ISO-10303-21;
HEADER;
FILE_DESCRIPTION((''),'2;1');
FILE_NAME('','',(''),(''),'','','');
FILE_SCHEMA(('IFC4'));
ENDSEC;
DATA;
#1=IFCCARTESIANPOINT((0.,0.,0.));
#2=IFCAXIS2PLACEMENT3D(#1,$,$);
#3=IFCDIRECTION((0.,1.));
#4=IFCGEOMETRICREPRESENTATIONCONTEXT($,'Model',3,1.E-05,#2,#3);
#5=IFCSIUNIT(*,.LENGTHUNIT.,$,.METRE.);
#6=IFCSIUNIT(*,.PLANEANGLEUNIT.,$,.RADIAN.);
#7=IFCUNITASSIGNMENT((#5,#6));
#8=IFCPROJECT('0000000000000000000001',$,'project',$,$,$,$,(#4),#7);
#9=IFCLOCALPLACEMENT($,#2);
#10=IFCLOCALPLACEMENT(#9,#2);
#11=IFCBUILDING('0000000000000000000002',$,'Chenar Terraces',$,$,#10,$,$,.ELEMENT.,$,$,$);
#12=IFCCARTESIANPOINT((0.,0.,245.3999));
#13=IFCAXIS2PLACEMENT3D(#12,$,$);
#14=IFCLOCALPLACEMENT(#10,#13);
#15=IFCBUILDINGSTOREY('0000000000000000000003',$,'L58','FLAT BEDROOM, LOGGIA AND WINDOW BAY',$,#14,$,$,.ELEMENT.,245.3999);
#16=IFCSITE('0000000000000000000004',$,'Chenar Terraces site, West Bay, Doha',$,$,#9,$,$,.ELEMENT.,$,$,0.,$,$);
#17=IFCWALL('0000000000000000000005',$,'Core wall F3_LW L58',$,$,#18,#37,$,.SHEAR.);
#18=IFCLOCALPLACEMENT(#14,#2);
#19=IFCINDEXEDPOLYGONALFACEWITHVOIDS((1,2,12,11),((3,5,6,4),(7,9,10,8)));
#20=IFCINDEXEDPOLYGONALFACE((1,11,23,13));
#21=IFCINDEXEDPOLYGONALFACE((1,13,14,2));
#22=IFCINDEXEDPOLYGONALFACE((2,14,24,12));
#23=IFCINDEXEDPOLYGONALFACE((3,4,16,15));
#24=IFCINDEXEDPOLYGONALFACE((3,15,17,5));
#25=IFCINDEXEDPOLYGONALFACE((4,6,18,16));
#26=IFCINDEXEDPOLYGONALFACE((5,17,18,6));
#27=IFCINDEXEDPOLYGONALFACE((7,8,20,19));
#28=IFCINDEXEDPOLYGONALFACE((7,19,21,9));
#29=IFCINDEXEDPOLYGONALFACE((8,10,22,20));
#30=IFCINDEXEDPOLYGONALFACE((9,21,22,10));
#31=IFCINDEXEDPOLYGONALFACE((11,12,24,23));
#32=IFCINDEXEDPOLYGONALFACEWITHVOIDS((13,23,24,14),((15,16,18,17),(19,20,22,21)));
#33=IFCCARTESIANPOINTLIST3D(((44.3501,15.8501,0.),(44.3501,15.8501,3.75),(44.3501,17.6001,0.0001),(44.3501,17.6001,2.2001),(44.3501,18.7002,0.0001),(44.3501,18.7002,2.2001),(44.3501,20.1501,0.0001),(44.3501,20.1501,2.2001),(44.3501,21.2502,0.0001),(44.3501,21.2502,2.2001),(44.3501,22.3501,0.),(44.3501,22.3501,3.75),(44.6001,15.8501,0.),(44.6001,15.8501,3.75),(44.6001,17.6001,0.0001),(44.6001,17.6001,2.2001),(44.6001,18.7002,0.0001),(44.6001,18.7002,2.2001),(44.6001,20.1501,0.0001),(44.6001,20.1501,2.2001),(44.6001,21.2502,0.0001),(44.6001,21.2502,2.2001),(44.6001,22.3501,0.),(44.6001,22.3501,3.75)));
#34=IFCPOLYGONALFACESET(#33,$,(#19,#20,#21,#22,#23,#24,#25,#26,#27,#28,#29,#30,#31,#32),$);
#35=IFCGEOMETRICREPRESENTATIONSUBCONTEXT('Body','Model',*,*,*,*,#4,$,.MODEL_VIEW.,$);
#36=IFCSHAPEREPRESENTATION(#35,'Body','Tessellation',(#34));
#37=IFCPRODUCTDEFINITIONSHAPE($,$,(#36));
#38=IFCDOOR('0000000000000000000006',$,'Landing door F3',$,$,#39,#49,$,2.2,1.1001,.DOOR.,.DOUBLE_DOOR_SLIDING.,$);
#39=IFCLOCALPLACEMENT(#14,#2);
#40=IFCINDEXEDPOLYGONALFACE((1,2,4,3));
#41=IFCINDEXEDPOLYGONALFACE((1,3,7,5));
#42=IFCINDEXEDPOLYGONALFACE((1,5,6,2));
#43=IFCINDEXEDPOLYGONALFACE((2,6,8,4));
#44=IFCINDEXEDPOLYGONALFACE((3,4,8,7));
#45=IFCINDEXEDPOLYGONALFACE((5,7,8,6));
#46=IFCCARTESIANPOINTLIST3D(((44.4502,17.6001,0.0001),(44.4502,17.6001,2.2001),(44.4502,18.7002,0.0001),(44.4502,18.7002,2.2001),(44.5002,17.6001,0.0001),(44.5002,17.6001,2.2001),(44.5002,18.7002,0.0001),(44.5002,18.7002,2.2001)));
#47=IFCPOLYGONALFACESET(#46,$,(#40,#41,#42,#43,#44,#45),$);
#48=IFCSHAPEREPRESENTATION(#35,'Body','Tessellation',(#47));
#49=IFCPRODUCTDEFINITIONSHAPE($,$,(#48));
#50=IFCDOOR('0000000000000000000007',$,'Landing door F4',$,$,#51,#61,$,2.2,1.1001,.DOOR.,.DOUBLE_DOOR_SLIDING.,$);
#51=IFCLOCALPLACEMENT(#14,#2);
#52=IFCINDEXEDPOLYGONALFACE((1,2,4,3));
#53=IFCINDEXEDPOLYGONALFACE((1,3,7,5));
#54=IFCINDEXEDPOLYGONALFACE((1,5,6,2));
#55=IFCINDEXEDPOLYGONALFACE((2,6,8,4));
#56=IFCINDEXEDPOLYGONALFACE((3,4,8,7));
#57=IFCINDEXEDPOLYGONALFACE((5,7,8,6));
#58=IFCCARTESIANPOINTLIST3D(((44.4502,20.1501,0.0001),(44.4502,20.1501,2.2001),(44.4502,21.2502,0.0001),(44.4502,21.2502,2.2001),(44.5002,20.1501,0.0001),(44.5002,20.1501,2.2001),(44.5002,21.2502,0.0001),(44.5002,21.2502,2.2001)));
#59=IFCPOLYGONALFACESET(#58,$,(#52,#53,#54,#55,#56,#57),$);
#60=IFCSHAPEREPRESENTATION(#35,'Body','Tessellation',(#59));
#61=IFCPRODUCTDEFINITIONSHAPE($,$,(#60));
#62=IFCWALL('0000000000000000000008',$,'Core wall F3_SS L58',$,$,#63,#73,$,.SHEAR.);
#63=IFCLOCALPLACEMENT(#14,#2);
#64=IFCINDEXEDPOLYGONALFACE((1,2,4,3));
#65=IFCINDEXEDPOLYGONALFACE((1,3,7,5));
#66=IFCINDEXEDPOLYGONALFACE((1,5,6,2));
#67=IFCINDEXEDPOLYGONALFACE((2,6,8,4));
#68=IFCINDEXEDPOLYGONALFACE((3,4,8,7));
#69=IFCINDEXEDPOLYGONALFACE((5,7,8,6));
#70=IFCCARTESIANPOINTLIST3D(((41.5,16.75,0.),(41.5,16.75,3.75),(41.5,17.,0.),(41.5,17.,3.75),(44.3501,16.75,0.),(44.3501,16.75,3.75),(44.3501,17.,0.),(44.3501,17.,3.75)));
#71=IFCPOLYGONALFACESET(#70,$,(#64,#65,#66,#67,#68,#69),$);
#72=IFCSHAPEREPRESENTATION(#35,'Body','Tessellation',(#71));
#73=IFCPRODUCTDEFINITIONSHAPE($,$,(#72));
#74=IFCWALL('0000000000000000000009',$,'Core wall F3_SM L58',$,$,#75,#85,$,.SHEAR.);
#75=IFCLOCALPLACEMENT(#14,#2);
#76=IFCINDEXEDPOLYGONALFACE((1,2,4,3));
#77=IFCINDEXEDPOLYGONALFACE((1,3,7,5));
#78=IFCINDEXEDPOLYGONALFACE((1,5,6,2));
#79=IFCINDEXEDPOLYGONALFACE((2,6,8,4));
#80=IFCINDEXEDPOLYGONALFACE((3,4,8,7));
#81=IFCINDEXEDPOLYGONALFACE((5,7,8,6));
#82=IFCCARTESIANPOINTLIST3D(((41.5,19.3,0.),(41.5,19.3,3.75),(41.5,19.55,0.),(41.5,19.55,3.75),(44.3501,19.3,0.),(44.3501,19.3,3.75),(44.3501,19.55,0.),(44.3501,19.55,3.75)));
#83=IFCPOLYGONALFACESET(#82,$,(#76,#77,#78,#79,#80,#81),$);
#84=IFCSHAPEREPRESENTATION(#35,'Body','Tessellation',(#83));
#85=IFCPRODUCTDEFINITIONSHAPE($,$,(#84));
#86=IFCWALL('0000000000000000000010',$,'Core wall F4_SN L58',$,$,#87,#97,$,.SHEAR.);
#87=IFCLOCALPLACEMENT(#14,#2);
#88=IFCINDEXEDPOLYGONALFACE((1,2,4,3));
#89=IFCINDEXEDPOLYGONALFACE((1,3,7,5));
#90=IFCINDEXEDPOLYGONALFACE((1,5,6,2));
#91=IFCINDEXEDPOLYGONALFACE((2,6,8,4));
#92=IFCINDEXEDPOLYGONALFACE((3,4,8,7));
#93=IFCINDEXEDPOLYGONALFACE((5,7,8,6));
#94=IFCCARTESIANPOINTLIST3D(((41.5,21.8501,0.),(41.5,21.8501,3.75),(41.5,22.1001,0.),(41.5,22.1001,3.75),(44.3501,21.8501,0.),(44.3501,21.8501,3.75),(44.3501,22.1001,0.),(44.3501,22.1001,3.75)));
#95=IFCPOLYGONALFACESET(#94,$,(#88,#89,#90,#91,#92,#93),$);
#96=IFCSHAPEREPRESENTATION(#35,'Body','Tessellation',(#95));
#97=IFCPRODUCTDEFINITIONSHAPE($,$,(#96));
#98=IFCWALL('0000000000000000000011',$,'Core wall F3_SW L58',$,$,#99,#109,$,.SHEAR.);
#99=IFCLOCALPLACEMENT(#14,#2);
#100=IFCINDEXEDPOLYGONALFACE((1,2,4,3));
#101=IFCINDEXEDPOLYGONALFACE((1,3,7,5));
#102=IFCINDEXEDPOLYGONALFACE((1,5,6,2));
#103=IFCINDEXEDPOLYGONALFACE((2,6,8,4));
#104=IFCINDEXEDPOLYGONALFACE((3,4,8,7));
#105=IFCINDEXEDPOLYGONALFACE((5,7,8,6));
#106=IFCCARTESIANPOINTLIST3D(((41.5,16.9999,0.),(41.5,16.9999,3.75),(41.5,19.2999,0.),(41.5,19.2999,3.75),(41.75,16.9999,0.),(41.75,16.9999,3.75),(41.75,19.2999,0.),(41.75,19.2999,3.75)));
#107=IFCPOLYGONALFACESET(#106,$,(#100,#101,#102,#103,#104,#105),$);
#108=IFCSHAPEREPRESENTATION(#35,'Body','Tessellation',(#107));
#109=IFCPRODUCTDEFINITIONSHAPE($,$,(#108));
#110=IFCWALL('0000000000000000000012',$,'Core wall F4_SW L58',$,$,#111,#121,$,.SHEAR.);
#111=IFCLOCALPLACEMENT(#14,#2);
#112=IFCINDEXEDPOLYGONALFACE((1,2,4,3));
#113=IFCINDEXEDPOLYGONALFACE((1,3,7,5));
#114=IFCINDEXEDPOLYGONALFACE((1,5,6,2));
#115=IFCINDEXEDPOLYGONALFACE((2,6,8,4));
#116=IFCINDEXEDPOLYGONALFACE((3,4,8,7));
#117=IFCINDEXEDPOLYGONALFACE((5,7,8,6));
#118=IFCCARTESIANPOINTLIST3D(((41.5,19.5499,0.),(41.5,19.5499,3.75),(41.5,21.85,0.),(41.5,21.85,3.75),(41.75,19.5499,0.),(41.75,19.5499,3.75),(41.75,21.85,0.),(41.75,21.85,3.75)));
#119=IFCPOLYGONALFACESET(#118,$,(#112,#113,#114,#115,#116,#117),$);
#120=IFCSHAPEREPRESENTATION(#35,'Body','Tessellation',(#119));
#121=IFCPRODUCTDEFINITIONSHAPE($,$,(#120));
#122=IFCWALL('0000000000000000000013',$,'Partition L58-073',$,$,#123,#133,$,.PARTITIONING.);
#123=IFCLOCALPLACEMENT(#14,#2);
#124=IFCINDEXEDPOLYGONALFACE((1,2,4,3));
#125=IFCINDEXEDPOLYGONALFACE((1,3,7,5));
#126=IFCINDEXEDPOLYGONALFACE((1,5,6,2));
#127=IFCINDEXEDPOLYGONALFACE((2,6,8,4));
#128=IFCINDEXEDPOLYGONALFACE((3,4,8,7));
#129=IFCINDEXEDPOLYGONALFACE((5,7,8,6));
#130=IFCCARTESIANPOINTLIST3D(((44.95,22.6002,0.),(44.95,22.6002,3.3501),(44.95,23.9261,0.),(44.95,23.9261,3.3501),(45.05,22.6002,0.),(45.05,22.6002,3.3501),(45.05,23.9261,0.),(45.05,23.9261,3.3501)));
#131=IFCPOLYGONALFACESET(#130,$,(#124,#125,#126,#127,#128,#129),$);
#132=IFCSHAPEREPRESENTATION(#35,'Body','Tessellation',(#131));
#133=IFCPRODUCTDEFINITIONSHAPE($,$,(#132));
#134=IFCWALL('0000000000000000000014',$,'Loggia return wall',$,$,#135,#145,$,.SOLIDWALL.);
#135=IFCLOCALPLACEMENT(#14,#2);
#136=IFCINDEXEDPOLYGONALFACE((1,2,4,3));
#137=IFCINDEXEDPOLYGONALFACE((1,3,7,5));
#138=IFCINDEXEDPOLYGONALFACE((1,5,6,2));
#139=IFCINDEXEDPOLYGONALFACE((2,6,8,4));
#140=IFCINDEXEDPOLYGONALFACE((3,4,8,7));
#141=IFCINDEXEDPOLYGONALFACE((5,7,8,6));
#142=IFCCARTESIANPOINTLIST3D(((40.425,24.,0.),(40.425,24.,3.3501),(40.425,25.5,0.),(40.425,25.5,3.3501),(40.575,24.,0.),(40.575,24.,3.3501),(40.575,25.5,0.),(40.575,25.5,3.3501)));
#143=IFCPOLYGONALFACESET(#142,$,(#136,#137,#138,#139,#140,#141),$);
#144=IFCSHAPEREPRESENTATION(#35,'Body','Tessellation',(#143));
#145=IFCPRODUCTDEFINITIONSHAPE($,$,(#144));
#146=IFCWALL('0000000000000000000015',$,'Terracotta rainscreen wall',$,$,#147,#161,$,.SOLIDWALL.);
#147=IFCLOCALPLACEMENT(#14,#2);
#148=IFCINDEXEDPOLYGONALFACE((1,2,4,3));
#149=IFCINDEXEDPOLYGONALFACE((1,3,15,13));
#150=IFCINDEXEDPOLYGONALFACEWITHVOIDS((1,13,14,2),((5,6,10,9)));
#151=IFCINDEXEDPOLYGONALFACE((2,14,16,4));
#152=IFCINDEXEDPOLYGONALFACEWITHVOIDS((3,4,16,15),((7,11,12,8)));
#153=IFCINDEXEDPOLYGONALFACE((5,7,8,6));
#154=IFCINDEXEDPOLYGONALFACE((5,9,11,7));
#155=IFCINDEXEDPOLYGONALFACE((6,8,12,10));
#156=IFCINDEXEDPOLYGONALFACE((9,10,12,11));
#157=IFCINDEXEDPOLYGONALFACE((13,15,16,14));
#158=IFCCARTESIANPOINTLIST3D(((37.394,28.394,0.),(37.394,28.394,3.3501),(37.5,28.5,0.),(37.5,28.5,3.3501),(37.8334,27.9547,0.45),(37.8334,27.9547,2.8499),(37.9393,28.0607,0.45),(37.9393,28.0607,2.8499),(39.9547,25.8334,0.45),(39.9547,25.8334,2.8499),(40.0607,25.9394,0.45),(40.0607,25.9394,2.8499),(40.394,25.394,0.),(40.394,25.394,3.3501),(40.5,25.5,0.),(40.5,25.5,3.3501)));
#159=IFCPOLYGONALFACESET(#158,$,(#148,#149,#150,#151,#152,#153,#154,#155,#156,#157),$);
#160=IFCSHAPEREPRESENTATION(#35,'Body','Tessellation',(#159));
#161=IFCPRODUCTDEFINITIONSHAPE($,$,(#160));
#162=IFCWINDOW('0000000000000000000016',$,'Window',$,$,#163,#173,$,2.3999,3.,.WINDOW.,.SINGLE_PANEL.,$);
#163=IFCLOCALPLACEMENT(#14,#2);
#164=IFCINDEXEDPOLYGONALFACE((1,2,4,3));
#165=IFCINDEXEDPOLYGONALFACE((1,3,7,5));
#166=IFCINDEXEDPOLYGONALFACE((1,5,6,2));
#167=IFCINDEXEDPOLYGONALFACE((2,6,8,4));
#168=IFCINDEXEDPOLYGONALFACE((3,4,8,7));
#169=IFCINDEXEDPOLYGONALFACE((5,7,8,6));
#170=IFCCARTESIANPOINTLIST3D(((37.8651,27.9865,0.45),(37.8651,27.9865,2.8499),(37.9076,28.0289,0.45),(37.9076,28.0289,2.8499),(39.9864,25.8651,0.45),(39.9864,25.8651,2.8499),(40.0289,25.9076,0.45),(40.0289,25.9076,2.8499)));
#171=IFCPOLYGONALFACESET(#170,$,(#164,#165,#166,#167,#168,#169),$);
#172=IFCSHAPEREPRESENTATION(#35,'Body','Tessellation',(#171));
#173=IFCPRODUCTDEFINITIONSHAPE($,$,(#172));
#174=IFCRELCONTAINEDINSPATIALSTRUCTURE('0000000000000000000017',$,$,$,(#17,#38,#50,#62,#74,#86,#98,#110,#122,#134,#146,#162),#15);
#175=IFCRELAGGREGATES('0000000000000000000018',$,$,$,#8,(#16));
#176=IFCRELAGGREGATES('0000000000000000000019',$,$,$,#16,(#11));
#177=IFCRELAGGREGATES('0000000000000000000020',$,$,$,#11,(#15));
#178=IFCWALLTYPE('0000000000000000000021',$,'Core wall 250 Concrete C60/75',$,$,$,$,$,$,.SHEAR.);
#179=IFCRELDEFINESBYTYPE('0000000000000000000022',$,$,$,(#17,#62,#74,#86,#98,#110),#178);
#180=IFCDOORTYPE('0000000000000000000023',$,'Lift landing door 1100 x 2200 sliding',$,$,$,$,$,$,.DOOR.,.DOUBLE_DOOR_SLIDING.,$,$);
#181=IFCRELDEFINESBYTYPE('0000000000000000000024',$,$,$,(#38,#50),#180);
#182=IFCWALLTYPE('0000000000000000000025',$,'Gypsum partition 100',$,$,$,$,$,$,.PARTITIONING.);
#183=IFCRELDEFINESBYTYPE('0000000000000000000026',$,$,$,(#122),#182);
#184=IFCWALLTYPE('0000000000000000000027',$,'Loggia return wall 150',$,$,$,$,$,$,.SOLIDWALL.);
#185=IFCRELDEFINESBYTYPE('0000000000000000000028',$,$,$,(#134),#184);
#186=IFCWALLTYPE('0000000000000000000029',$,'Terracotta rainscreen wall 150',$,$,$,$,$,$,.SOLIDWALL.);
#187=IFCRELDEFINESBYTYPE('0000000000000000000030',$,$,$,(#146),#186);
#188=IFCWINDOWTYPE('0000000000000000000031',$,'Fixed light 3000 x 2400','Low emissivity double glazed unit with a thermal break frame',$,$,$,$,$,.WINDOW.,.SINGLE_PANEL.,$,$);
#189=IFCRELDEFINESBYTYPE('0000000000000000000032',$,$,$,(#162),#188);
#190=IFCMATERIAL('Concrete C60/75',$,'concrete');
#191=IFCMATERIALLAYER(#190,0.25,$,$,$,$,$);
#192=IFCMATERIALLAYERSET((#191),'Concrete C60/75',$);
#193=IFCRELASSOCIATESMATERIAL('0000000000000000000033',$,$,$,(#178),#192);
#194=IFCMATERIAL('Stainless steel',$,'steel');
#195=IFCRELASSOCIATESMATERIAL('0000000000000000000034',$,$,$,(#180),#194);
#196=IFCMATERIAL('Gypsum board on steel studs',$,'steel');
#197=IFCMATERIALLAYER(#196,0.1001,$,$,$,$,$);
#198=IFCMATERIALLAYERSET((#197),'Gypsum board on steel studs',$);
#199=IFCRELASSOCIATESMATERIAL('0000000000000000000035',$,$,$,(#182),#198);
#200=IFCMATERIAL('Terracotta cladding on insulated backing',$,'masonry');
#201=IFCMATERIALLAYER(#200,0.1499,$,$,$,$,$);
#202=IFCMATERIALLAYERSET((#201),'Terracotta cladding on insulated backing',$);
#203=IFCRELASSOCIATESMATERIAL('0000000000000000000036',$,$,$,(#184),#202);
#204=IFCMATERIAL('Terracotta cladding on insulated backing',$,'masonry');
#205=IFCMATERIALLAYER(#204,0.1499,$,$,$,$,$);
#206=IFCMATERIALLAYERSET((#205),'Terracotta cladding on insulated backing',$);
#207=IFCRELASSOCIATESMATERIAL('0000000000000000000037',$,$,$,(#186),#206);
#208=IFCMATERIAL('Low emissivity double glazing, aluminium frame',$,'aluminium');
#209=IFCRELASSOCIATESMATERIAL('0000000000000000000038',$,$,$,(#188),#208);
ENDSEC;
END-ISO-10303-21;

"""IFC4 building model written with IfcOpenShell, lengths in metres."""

from ifc_helpers import new_model, si_unit, direction, frame, frame_2d, origin, place, context, subcontext, project, spatial, rectangle, extrude, material, layer, layer_set, type_object, element, fill, save


model = new_model("IFC4")

# Units and contexts
model_context = context("Model", 3, precision=1e-05, world=origin(), true_north=direction((0.0, 1.0)))
body_context = subcontext(model_context, "Body", "Model", "MODEL_VIEW")
ifc_project = project(units=[si_unit("LENGTHUNIT", "METRE"), si_unit("PLANEANGLEUNIT", "RADIAN")], contexts=[model_context])

# Site, building, storey
site_placement = place(None, origin())
site = spatial("IfcSite", under=ifc_project, at=site_placement, Name="Chenar Terraces site, West Bay, Doha", CompositionType="ELEMENT", RefElevation=0.0)
building_placement = place(site_placement, origin())
building = spatial("IfcBuilding", under=site, at=building_placement, Name="Chenar Terraces", CompositionType="ELEMENT")
storey_placement = place(building_placement, frame((0.0, 0.0, 245.3999)))
storey = spatial("IfcBuildingStorey", under=building, at=storey_placement, Name="L58", Description="FLAT BEDROOM, LOGGIA AND WINDOW BAY", CompositionType="ELEMENT", Elevation=245.3999)

# Shared definitions
ifc_material_1 = material(Name="Concrete C60/75", Category="concrete")
ifc_layer_1 = layer(ifc_material_1, 0.25)
ifc_layer_set_1 = layer_set([ifc_layer_1], Name="Concrete C60/75")
wall_type_1 = type_object("IfcWallType", Name="Core wall 250 Concrete C60/75", PredefinedType="SHEAR", material=ifc_layer_set_1)

# Wall, openings, doors
wall_1_placement = place(storey_placement, frame((44.4751, 15.8501, 0.0), z_axis=(0.0, 0.0, 1.0), x_axis=(0.0, 1.0, 0.0)))
wall_1 = element("IfcWall", 1, at=wall_1_placement, inside=storey, type_object=wall_type_1, Name="Core wall F3_LW L58", PredefinedType="SHEAR", context=body_context, shape_type="SweptSolid", body=[
    extrude(rectangle(XDim=6.5, YDim=0.25, at=frame_2d((3.25, 0.0))), origin(), (0.0, 0.0, 1.0), 3.75),
])
opening_1_placement = place(wall_1_placement, frame((1.75, 0.0, 0.0)))
opening_1 = element("IfcOpeningElement", 2, at=opening_1_placement, cuts=wall_1, PredefinedType="OPENING", context=body_context, shape_type="SweptSolid", body=[
    extrude(rectangle(XDim=1.1001, YDim=2.2, at=frame_2d((0.55, 1.1001))), frame((0.0, 0.135, 0.0), z_axis=(0.0, -1.0, 0.0), x_axis=(1.0, 0.0, 0.0)), (0.0, 0.0, 1.0), 0.27),
])
opening_2_placement = place(wall_1_placement, frame((4.3, 0.0, 0.0)))
opening_2 = element("IfcOpeningElement", 3, at=opening_2_placement, cuts=wall_1, PredefinedType="OPENING", context=body_context, shape_type="SweptSolid", body=[
    extrude(rectangle(XDim=1.1001, YDim=2.2, at=frame_2d((0.55, 1.1001))), frame((0.0, 0.135, 0.0), z_axis=(0.0, -1.0, 0.0), x_axis=(1.0, 0.0, 0.0)), (0.0, 0.0, 1.0), 0.27),
])
ifc_material_2 = material(Name="Stainless steel", Category="steel")
door_type_1 = type_object("IfcDoorType", Name="Lift landing door 1100 x 2200 sliding", OperationType="DOUBLE_DOOR_SLIDING", PredefinedType="DOOR", material=ifc_material_2)
door_1_placement = place(opening_1_placement, origin())
door_1 = element("IfcDoor", 4, at=door_1_placement, inside=storey, type_object=door_type_1, Name="Landing door F3", OperationType="DOUBLE_DOOR_SLIDING", OverallHeight=2.2, OverallWidth=1.1001, PredefinedType="DOOR", context=body_context, shape_type="SweptSolid", body=[
    extrude(rectangle(XDim=1.1001, YDim=2.2, at=frame_2d((0.55, 1.1001))), frame((0.0, 0.0249, 0.0), z_axis=(0.0, -1.0, 0.0), x_axis=(1.0, 0.0, 0.0)), (0.0, 0.0, 1.0), 0.05),
])
fill(opening_1, door_1)
door_2_placement = place(opening_2_placement, origin())
door_2 = element("IfcDoor", 5, at=door_2_placement, inside=storey, type_object=door_type_1, Name="Landing door F4", OperationType="DOUBLE_DOOR_SLIDING", OverallHeight=2.2, OverallWidth=1.1001, PredefinedType="DOOR", context=body_context, shape_type="SweptSolid", body=[
    extrude(rectangle(XDim=1.1001, YDim=2.2, at=frame_2d((0.55, 1.1001))), frame((0.0, 0.0249, 0.0), z_axis=(0.0, -1.0, 0.0), x_axis=(1.0, 0.0, 0.0)), (0.0, 0.0, 1.0), 0.05),
])
fill(opening_2, door_2)

# Walls
for number, where, z_axis, x_axis, name in (
    (6, (41.5, 16.875, 0.0), (0.0, 0.0, 1.0), (1.0, 0.0, 0.0), "Core wall F3_SS L58"),
    (7, (41.5, 19.425, 0.0), (0.0, 0.0, 1.0), (1.0, 0.0, 0.0), "Core wall F3_SM L58"),
    (8, (41.5, 21.9751, 0.0), (0.0, 0.0, 1.0), (1.0, 0.0, 0.0), "Core wall F4_SN L58"),
):
    element("IfcWall", number, at=place(storey_placement, frame(where, z_axis=z_axis, x_axis=x_axis)), inside=storey, type_object=wall_type_1, Name=name, PredefinedType="SHEAR", context=body_context, shape_type="SweptSolid", body=[
        extrude(rectangle(XDim=2.8501, YDim=0.25, at=frame_2d((1.425, 0.0))), origin(), (0.0, 0.0, 1.0), 3.75),
    ])
for number, where, z_axis, x_axis, name in (
    (9, (41.625, 17.0, 0.0), (0.0, 0.0, 1.0), (0.0, 1.0, 0.0), "Core wall F3_SW L58"),
    (10, (41.625, 19.55, 0.0), (0.0, 0.0, 1.0), (0.0, 1.0, 0.0), "Core wall F4_SW L58"),
):
    element("IfcWall", number, at=place(storey_placement, frame(where, z_axis=z_axis, x_axis=x_axis)), inside=storey, type_object=wall_type_1, Name=name, PredefinedType="SHEAR", context=body_context, shape_type="SweptSolid", body=[
        extrude(rectangle(XDim=2.3, YDim=0.25, at=frame_2d((1.1499, 0.0))), origin(), (0.0, 0.0, 1.0), 3.75),
    ])
ifc_material_3 = material(Name="Gypsum board on steel studs", Category="steel")
ifc_layer_2 = layer(ifc_material_3, 0.1001)
ifc_layer_set_2 = layer_set([ifc_layer_2], Name="Gypsum board on steel studs")
wall_type_2 = type_object("IfcWallType", Name="Gypsum partition 100", PredefinedType="PARTITIONING", material=ifc_layer_set_2)
wall_2_placement = place(storey_placement, frame((45.0, 22.6001, 0.0), z_axis=(0.0, 0.0, 1.0), x_axis=(0.0, 1.0, 0.0)))
element("IfcWall", 11, at=wall_2_placement, inside=storey, type_object=wall_type_2, Name="Partition L58-073", PredefinedType="PARTITIONING", context=body_context, shape_type="SweptSolid", body=[
    extrude(rectangle(XDim=1.3259, YDim=0.1001, at=frame_2d((0.6631, 0.0))), origin(), (0.0, 0.0, 1.0), 3.3501),
])
ifc_material_4 = material(Name="Terracotta cladding on insulated backing", Category="masonry")
ifc_layer_3 = layer(ifc_material_4, 0.1499)
ifc_layer_set_3 = layer_set([ifc_layer_3], Name="Terracotta cladding on insulated backing")
wall_type_3 = type_object("IfcWallType", Name="Loggia return wall 150", PredefinedType="SOLIDWALL", material=ifc_layer_set_3)
wall_3_placement = place(storey_placement, frame((40.5, 25.5, 0.0), z_axis=(0.0, 0.0, 1.0), x_axis=(0.0, -1.0, 0.0)))
element("IfcWall", 12, at=wall_3_placement, inside=storey, type_object=wall_type_3, Name="Loggia return wall", PredefinedType="SOLIDWALL", context=body_context, shape_type="SweptSolid", body=[
    extrude(rectangle(XDim=1.5, YDim=0.1499, at=frame_2d((0.75, 0.0))), origin(), (0.0, 0.0, 1.0), 3.3501),
])

# Wall, opening, window
ifc_material_5 = material(Name="Terracotta cladding on insulated backing", Category="masonry")
ifc_layer_4 = layer(ifc_material_5, 0.1499)
ifc_layer_set_4 = layer_set([ifc_layer_4], Name="Terracotta cladding on insulated backing")
wall_type_4 = type_object("IfcWallType", Name="Terracotta rainscreen wall 150", PredefinedType="SOLIDWALL", material=ifc_layer_set_4)
wall_4_placement = place(storey_placement, frame((40.447, 25.447, 0.0), z_axis=(0.0, 0.0, 1.0), x_axis=(-0.707107, 0.707107, 0.0)))
wall_4 = element("IfcWall", 13, at=wall_4_placement, inside=storey, type_object=wall_type_4, Name="Terracotta rainscreen wall", PredefinedType="SOLIDWALL", context=body_context, shape_type="SweptSolid", body=[
    extrude(rectangle(XDim=4.2427, YDim=0.1499, at=frame_2d((2.1213, 0.0))), origin(), (0.0, 0.0, 1.0), 3.3501),
])
opening_3_placement = place(wall_4_placement, frame((0.6213, 0.0, 0.45)))
opening_3 = element("IfcOpeningElement", 14, at=opening_3_placement, cuts=wall_4, PredefinedType="OPENING", context=body_context, shape_type="SweptSolid", body=[
    extrude(rectangle(XDim=3.0, YDim=2.3999, at=frame_2d((1.5, 1.2))), frame((0.0, 0.085, 0.0), z_axis=(0.0, -1.0, 0.0), x_axis=(1.0, 0.0, 0.0)), (0.0, 0.0, 1.0), 0.1699),
])
ifc_material_6 = material(Name="Low emissivity double glazing, aluminium frame", Category="aluminium")
window_type = type_object("IfcWindowType", Name="Fixed light 3000 x 2400", Description="Low emissivity double glazed unit with a thermal break frame", PartitioningType="SINGLE_PANEL", PredefinedType="WINDOW", material=ifc_material_6)
window_placement = place(opening_3_placement, origin())
window = element("IfcWindow", 15, at=window_placement, inside=storey, type_object=window_type, Name="Window", OverallHeight=2.3999, OverallWidth=3.0, PartitioningType="SINGLE_PANEL", PredefinedType="WINDOW", context=body_context, shape_type="SweptSolid", body=[
    extrude(rectangle(XDim=3.0, YDim=2.3999, at=frame_2d((1.5, 1.2))), frame((0.0, 0.03, 0.0), z_axis=(0.0, -1.0, 0.0), x_axis=(1.0, 0.0, 0.0)), (0.0, 0.0, 1.0), 0.0601),
])
fill(opening_3, window)

save(model, "model.ifc")
